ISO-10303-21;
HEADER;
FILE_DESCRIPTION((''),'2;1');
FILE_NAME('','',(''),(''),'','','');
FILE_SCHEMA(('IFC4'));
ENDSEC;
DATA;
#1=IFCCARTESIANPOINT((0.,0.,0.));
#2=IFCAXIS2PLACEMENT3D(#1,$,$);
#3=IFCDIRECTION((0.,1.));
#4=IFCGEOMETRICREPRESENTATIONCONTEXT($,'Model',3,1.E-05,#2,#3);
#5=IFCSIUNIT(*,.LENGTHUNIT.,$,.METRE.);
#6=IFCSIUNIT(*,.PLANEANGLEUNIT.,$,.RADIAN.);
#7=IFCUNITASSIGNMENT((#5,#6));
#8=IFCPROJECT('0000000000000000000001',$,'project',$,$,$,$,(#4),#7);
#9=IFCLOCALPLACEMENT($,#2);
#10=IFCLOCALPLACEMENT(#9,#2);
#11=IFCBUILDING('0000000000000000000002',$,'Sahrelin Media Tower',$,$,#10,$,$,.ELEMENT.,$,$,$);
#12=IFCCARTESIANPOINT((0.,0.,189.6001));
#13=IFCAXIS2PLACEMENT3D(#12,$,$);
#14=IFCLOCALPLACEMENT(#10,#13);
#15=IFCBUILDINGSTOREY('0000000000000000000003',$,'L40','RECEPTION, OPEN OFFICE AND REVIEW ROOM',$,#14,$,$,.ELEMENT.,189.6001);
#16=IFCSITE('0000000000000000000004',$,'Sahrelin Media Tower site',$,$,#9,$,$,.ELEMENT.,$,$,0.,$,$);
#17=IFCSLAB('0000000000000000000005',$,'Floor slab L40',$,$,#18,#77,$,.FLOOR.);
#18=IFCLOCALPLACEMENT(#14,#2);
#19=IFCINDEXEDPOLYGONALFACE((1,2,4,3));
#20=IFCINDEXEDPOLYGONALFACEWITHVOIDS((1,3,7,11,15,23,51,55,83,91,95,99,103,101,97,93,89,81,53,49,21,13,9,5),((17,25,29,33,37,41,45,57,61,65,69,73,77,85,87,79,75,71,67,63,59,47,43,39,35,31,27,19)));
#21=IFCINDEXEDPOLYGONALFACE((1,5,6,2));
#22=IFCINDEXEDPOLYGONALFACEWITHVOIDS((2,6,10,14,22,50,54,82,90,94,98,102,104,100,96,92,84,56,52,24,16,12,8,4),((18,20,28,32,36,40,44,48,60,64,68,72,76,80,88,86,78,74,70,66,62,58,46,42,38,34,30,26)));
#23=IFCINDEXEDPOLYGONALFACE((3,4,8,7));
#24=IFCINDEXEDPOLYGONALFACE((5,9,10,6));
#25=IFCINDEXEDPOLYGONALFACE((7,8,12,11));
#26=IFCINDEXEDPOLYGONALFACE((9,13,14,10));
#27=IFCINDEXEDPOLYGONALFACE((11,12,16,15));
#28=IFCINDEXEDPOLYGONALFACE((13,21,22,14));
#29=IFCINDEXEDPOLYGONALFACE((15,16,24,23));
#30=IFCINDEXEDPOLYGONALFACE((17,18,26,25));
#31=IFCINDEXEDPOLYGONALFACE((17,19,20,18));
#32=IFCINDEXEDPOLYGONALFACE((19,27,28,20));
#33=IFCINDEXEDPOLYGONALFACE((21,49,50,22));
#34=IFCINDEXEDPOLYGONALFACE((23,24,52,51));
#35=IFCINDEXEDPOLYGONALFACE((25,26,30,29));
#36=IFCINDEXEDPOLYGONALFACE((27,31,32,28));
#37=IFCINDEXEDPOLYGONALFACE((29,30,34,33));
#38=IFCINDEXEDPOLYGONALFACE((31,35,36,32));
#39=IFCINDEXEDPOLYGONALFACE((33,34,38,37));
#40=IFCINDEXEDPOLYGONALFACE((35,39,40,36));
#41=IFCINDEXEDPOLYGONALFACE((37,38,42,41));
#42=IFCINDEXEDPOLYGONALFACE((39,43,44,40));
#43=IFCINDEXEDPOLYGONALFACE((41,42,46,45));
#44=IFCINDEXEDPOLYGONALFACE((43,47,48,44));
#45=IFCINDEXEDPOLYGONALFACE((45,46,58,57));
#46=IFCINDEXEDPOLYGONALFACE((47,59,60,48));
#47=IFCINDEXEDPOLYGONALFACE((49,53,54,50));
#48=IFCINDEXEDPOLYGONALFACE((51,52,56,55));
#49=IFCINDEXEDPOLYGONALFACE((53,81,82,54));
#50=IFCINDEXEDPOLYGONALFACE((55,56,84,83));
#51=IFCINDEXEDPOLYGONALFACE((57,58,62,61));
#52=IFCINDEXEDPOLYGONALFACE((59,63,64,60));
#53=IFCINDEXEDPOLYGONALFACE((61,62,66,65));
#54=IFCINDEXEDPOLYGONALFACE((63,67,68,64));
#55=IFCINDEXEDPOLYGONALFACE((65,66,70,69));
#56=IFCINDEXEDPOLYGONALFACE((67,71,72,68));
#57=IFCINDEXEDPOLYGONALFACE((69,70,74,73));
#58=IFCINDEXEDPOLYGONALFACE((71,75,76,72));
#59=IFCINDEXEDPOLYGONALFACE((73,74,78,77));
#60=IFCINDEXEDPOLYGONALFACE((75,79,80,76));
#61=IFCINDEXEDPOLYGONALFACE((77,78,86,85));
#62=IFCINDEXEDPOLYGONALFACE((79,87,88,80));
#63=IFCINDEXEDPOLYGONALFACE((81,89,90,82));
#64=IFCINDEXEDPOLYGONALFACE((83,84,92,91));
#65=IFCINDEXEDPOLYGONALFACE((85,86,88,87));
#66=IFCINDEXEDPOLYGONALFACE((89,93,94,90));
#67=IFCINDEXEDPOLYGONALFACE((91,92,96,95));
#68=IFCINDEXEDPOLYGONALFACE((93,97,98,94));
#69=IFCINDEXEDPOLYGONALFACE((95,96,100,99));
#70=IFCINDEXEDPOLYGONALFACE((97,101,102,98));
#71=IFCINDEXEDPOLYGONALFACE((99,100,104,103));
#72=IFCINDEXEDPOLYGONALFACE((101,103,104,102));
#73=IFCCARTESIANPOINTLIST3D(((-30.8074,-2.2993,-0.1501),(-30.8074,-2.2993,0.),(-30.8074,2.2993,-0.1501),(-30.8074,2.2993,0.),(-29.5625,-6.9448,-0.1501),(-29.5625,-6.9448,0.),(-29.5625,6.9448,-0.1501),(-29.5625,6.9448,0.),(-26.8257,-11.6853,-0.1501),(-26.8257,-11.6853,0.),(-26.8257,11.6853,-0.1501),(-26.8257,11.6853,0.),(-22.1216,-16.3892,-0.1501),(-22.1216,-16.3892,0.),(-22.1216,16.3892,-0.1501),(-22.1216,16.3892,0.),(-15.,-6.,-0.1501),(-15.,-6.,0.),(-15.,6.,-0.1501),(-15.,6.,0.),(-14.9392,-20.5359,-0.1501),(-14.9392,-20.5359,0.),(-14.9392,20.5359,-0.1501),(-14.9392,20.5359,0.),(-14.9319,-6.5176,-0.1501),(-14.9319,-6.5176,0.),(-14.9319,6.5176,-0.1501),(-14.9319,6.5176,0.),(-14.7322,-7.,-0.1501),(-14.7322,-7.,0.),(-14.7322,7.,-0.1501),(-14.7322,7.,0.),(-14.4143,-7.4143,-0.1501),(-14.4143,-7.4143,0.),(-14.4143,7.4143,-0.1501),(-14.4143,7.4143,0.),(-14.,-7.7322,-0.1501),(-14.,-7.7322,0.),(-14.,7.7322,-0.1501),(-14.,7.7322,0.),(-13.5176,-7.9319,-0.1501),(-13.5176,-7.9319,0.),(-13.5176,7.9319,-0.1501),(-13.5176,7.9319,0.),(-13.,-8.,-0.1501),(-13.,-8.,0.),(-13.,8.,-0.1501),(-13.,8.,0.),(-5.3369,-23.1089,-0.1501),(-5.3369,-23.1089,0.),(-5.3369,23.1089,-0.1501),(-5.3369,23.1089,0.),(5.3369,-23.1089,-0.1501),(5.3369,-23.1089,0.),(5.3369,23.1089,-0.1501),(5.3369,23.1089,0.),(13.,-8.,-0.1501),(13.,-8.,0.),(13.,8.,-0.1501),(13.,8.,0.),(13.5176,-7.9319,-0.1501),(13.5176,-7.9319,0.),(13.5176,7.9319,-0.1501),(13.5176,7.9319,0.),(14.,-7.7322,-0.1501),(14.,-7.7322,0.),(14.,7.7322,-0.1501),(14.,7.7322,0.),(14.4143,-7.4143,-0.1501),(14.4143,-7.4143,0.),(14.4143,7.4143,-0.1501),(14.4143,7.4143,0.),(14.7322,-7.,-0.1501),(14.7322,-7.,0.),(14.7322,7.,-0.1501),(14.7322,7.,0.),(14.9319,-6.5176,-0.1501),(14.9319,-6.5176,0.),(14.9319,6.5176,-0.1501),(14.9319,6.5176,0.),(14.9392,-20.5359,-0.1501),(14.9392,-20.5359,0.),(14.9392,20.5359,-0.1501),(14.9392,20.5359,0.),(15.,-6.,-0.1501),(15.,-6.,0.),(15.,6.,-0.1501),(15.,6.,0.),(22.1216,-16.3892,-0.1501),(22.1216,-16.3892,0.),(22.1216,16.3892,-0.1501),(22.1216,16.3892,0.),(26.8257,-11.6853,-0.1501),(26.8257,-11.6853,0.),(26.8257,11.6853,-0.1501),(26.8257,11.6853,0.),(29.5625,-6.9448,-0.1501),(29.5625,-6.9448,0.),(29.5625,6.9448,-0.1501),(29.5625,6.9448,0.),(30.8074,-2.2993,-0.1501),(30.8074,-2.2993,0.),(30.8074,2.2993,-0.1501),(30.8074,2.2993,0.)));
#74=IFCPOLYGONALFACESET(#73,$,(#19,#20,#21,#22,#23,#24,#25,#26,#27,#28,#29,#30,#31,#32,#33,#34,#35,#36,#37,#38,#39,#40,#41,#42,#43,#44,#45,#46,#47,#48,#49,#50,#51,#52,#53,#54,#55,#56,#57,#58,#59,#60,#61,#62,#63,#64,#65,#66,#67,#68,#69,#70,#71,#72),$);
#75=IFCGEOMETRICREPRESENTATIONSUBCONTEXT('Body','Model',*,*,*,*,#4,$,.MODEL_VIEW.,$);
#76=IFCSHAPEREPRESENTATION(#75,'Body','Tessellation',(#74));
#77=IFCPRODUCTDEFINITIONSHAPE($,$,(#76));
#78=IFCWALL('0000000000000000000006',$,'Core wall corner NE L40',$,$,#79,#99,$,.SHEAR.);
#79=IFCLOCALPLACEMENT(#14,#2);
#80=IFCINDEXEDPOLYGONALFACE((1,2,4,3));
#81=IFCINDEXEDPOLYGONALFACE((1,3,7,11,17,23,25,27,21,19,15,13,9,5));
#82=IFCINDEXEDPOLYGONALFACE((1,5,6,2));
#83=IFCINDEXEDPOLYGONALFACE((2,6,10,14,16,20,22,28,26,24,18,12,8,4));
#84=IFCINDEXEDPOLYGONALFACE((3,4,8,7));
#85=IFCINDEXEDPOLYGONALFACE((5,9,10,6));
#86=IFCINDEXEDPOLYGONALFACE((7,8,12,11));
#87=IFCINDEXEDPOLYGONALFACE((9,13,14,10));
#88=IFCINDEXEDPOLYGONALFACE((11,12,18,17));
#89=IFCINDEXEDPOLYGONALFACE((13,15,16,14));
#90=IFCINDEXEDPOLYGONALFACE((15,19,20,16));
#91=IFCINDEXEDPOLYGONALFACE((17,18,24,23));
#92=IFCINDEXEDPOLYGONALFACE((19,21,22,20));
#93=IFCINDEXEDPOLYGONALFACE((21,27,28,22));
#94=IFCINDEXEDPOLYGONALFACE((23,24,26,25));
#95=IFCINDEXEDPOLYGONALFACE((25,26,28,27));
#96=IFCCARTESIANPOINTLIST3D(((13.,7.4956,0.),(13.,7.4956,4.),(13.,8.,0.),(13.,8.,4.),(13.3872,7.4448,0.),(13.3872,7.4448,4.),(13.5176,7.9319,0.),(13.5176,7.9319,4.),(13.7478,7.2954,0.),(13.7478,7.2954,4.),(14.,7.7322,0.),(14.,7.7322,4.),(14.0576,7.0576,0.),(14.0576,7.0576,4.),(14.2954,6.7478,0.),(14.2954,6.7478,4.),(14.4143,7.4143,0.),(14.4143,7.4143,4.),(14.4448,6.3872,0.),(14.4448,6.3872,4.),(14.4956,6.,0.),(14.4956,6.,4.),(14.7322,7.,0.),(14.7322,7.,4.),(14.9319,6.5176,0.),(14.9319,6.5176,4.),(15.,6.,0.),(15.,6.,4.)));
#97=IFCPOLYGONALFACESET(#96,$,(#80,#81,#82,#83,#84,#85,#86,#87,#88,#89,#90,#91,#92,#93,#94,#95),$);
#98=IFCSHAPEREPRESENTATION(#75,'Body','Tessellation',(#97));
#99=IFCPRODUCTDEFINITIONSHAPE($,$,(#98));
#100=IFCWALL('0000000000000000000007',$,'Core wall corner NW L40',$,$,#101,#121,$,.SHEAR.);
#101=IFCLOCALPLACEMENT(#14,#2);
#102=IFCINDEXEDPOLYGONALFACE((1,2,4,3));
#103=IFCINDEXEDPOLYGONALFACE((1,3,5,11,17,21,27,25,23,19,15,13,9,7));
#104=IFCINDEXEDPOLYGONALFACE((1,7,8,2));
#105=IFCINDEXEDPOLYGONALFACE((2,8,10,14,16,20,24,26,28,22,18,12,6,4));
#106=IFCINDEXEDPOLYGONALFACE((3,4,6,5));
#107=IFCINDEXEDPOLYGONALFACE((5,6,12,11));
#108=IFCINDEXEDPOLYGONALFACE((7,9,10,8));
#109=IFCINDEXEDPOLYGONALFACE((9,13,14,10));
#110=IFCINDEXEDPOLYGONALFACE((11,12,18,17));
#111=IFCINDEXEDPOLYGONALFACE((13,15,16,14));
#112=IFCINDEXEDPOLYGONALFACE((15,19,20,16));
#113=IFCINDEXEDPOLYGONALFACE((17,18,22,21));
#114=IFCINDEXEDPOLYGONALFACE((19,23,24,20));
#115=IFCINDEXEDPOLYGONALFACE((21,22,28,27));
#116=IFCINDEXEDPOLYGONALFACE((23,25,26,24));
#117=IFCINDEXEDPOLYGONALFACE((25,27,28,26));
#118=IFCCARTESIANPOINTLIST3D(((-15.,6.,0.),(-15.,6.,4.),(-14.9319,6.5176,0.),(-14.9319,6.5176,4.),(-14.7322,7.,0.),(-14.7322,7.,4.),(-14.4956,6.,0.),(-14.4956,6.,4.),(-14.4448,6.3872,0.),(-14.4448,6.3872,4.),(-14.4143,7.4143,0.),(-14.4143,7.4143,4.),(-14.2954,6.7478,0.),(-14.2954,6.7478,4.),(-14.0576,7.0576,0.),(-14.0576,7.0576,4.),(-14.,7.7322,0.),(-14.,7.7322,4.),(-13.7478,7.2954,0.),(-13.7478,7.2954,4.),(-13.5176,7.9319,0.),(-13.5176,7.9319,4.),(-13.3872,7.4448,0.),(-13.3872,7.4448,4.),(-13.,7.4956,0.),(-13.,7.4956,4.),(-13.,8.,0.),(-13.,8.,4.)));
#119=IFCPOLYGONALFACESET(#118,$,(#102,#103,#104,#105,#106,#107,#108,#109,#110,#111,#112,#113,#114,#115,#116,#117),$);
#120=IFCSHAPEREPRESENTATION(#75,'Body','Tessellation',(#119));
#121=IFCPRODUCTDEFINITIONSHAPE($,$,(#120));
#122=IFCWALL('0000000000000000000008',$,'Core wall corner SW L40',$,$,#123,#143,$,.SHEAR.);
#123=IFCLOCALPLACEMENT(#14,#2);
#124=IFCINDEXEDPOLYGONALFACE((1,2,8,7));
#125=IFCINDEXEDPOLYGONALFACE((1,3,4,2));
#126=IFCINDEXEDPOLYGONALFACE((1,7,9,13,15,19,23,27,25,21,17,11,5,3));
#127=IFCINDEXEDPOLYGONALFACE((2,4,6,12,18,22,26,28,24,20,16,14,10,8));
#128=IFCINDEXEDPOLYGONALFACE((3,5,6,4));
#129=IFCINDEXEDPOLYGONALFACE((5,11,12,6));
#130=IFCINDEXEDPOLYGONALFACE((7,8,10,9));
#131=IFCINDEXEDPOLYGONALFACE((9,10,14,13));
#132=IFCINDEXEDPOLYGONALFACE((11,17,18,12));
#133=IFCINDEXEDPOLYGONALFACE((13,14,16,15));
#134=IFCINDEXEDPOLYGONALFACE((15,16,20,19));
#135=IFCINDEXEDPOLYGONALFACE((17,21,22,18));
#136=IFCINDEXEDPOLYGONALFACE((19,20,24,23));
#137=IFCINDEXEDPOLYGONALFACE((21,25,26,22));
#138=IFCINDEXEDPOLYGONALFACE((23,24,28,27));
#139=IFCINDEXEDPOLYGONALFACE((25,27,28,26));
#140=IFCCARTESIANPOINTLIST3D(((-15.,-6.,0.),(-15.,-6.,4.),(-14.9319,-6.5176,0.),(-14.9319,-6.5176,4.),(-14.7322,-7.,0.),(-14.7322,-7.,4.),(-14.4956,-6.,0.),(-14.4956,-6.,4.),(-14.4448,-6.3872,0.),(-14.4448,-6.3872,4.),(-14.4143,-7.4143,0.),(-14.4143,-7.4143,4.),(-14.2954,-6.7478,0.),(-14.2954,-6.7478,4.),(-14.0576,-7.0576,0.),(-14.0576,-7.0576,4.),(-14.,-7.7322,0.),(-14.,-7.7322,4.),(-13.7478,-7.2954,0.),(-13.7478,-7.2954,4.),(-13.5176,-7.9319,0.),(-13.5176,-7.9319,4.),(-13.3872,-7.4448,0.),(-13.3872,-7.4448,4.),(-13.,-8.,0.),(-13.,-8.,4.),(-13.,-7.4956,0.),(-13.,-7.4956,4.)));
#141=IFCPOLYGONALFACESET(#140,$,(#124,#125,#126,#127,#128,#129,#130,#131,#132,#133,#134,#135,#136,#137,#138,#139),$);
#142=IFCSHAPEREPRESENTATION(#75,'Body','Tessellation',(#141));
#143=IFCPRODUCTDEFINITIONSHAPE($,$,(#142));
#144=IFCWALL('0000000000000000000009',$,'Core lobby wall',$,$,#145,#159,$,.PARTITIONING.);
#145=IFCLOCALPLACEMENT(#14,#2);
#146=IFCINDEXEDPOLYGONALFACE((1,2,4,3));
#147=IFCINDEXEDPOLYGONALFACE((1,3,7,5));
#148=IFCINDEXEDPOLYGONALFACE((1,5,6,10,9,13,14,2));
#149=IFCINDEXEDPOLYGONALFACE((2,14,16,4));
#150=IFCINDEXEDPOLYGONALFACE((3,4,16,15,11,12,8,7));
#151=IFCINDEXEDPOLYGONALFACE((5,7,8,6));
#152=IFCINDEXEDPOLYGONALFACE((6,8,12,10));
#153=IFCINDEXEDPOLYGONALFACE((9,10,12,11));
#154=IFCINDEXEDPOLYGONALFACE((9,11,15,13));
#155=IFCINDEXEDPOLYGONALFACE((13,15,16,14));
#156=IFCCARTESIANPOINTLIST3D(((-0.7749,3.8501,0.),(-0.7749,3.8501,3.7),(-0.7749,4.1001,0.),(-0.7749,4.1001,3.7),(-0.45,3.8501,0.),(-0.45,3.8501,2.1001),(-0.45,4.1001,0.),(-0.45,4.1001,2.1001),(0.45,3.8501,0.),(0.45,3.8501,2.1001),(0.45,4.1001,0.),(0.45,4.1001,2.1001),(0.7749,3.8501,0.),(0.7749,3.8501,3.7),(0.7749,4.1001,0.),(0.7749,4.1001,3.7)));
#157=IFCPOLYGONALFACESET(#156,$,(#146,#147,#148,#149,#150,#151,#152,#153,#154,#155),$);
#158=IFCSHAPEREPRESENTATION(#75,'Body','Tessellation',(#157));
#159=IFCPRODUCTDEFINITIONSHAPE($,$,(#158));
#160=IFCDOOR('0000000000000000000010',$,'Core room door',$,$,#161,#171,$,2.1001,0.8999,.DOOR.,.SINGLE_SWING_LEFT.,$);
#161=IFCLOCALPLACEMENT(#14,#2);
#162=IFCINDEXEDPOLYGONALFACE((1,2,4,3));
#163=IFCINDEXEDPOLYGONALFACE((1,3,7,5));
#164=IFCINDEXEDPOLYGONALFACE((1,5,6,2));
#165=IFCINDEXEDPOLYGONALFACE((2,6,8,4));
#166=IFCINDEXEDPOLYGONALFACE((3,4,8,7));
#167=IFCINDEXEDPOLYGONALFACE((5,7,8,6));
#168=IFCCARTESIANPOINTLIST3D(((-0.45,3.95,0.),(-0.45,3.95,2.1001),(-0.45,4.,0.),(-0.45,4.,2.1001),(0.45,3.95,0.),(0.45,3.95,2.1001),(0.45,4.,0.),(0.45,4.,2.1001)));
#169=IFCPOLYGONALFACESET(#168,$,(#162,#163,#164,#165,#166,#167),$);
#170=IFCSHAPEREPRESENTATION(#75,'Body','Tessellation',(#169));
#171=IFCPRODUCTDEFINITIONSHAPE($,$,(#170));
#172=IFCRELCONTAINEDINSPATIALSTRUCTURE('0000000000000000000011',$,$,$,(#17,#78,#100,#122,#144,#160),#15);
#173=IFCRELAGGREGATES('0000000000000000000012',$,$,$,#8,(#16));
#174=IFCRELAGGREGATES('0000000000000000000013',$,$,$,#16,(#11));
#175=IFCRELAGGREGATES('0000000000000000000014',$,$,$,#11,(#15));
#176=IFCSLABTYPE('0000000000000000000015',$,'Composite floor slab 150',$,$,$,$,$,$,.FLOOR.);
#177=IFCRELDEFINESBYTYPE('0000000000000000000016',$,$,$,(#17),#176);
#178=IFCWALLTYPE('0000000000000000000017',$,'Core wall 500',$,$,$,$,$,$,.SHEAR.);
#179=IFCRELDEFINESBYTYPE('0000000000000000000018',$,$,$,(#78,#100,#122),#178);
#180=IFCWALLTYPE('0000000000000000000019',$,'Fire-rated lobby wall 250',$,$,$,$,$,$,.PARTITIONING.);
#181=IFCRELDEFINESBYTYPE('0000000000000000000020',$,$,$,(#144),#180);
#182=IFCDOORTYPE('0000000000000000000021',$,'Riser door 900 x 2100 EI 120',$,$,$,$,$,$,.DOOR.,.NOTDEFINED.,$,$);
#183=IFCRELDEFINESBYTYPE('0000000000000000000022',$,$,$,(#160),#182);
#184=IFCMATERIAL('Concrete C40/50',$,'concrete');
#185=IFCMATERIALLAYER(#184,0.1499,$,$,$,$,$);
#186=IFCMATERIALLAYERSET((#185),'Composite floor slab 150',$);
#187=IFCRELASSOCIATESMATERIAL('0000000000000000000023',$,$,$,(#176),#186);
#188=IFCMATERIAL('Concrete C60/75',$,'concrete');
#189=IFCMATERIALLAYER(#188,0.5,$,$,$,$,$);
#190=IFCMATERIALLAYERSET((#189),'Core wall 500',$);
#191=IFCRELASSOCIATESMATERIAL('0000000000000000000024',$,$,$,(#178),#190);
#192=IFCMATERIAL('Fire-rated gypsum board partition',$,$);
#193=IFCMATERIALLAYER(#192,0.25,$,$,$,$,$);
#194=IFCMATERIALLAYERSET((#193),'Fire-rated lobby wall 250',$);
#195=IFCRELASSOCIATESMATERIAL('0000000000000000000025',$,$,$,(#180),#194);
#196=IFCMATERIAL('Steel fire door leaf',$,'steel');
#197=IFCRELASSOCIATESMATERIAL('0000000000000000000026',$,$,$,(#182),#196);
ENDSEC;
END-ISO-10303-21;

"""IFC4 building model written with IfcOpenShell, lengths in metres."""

from ifc_helpers import new_model, si_unit, direction, frame, frame_2d, origin, place, context, subcontext, project, spatial, polyline, rectangle, outline, extrude, material, layer, layer_set, type_object, element, fill, save


model = new_model("IFC4")

# Units and contexts
model_context = context("Model", 3, precision=1e-05, world=origin(), true_north=direction((0.0, 1.0)))
body_context = subcontext(model_context, "Body", "Model", "MODEL_VIEW")
ifc_project = project(units=[si_unit("LENGTHUNIT", "METRE"), si_unit("PLANEANGLEUNIT", "RADIAN")], contexts=[model_context])

# Site, building, storey
site_placement = place(None, origin())
site = spatial("IfcSite", under=ifc_project, at=site_placement, Name="Sahrelin Media Tower site", CompositionType="ELEMENT", RefElevation=0.0)
building_placement = place(site_placement, origin())
building = spatial("IfcBuilding", under=site, at=building_placement, Name="Sahrelin Media Tower", CompositionType="ELEMENT")
storey_placement = place(building_placement, frame((0.0, 0.0, 189.6001)))
storey = spatial("IfcBuildingStorey", under=building, at=storey_placement, Name="L40", Description="RECEPTION, OPEN OFFICE AND REVIEW ROOM", CompositionType="ELEMENT", Elevation=189.6001)

# Slab
ifc_material_1 = material(Name="Concrete C40/50", Category="concrete")
ifc_layer_1 = layer(ifc_material_1, 0.1499)
ifc_layer_set_1 = layer_set([ifc_layer_1], Name="Composite floor slab 150")
slab_type = type_object("IfcSlabType", Name="Composite floor slab 150", PredefinedType="FLOOR", material=ifc_layer_set_1)
slab_placement = place(storey_placement, frame((0.0, 0.0, -0.1501)))
element("IfcSlab", 1, at=slab_placement, inside=storey, type_object=slab_type, Name="Floor slab L40", PredefinedType="FLOOR", context=body_context, shape_type="SweptSolid", body=[
    extrude(outline(polyline([(30.8074, -2.2993), (30.8074, 2.2993), (29.5625, 6.9448), (26.8257, 11.6853), (22.1216, 16.3892), (14.9392, 20.5359), (5.3369, 23.1089), (-5.3369, 23.1089), (-14.9392, 20.5359), (-22.1216, 16.3892), (-26.8257, 11.6853), (-29.5625, 6.9448), (-30.8074, 2.2993), (-30.8074, -2.2993), (-29.5625, -6.9448), (-26.8257, -11.6853), (-22.1216, -16.3892), (-14.9392, -20.5359), (-5.3369, -23.1089), (5.3369, -23.1089), (14.9392, -20.5359), (22.1216, -16.3892), (26.8257, -11.6853), (29.5625, -6.9448), (30.8074, -2.2993)]), holes=[polyline([(14.9319, 6.5176), (15.0, 6.0), (15.0, -6.0), (14.9319, -6.5176), (14.7322, -7.0), (14.4143, -7.4143), (14.0, -7.7322), (13.5176, -7.9319), (13.0, -8.0), (-13.0, -8.0), (-13.5176, -7.9319), (-14.0, -7.7322), (-14.4143, -7.4143), (-14.7322, -7.0), (-14.9319, -6.5176), (-15.0, -6.0), (-15.0, 6.0), (-14.9319, 6.5176), (-14.7322, 7.0), (-14.4143, 7.4143), (-14.0, 7.7322), (-13.5176, 7.9319), (-13.0, 8.0), (13.0, 8.0), (13.5176, 7.9319), (14.0, 7.7322), (14.4143, 7.4143), (14.7322, 7.0), (14.9319, 6.5176)])]), origin(), (0.0, 0.0, 1.0), 0.1501),
])

# Walls
ifc_material_2 = material(Name="Concrete C60/75", Category="concrete")
ifc_layer_2 = layer(ifc_material_2, 0.5)
ifc_layer_set_2 = layer_set([ifc_layer_2], Name="Core wall 500")
wall_type_1 = type_object("IfcWallType", Name="Core wall 500", PredefinedType="SHEAR", material=ifc_layer_set_2)
placement = place(storey_placement, origin())
element("IfcWall", 2, at=placement, inside=storey, type_object=wall_type_1, Name="Core wall corner NE L40", PredefinedType="SHEAR", context=body_context, shape_type="SweptSolid", body=[
    extrude(outline(polyline([(13.0, 8.0), (13.0, 7.4956), (13.3872, 7.4448), (13.7478, 7.2954), (14.0576, 7.0576), (14.2954, 6.7478), (14.4448, 6.3872), (14.4956, 6.0), (15.0, 6.0), (14.9319, 6.5176), (14.7322, 7.0), (14.4143, 7.4143), (14.0, 7.7322), (13.5176, 7.9319), (13.0, 8.0)])), origin(), (0.0, 0.0, 1.0), 4.0),
])
element("IfcWall", 3, at=placement, inside=storey, type_object=wall_type_1, Name="Core wall corner NW L40", PredefinedType="SHEAR", context=body_context, shape_type="SweptSolid", body=[
    extrude(outline(polyline([(-15.0, 6.0), (-14.4956, 6.0), (-14.4448, 6.3872), (-14.2954, 6.7478), (-14.0576, 7.0576), (-13.7478, 7.2954), (-13.3872, 7.4448), (-13.0, 7.4956), (-13.0, 8.0), (-13.5176, 7.9319), (-14.0, 7.7322), (-14.4143, 7.4143), (-14.7322, 7.0), (-14.9319, 6.5176), (-15.0, 6.0)])), origin(), (0.0, 0.0, 1.0), 4.0),
])
element("IfcWall", 4, at=placement, inside=storey, type_object=wall_type_1, Name="Core wall corner SW L40", PredefinedType="SHEAR", context=body_context, shape_type="SweptSolid", body=[
    extrude(outline(polyline([(-13.0, -8.0), (-13.0, -7.4956), (-13.3872, -7.4448), (-13.7478, -7.2954), (-14.0576, -7.0576), (-14.2954, -6.7478), (-14.4448, -6.3872), (-14.4956, -6.0), (-15.0, -6.0), (-14.9319, -6.5176), (-14.7322, -7.0), (-14.4143, -7.4143), (-14.0, -7.7322), (-13.5176, -7.9319), (-13.0, -8.0)])), origin(), (0.0, 0.0, 1.0), 4.0),
])

# Wall, opening, door
ifc_material_3 = material(Name="Fire-rated gypsum board partition")
ifc_layer_3 = layer(ifc_material_3, 0.25)
ifc_layer_set_3 = layer_set([ifc_layer_3], Name="Fire-rated lobby wall 250")
wall_type_2 = type_object("IfcWallType", Name="Fire-rated lobby wall 250", PredefinedType="PARTITIONING", material=ifc_layer_set_3)
wall_1_placement = place(storey_placement, frame((-0.7749, 3.9751, 0.0), z_axis=(0.0, 0.0, 1.0), x_axis=(1.0, 0.0, 0.0)))
wall_1 = element("IfcWall", 5, at=wall_1_placement, inside=storey, type_object=wall_type_2, Name="Core lobby wall", PredefinedType="PARTITIONING", context=body_context, shape_type="SweptSolid", body=[
    extrude(rectangle(XDim=1.5498, YDim=0.25, at=frame_2d((0.7749, 0.0))), origin(), (0.0, 0.0, 1.0), 3.7),
])
opening_1_placement = place(wall_1_placement, frame((0.325, 0.0, 0.0)))
opening_1 = element("IfcOpeningElement", 6, at=opening_1_placement, cuts=wall_1, PredefinedType="OPENING", context=body_context, shape_type="SweptSolid", body=[
    extrude(rectangle(XDim=0.8999, YDim=2.1001, at=frame_2d((0.45, 1.05))), frame((0.0, 0.125, 0.0), z_axis=(0.0, -1.0, 0.0), x_axis=(1.0, 0.0, 0.0)), (0.0, 0.0, 1.0), 0.25),
])
ifc_material_4 = material(Name="Steel fire door leaf", Category="steel")
door_type_1 = type_object("IfcDoorType", Name="Riser door 900 x 2100 EI 120", OperationType="NOTDEFINED", PredefinedType="DOOR", material=ifc_material_4)
door_1_placement = place(opening_1_placement, origin())
door_1 = element("IfcDoor", 7, at=door_1_placement, inside=storey, type_object=door_type_1, Name="Core room door", OperationType="SINGLE_SWING_LEFT", OverallHeight=2.1001, OverallWidth=0.8999, PredefinedType="DOOR", context=body_context, shape_type="SweptSolid", body=[
    extrude(rectangle(XDim=0.8999, YDim=2.1001, at=frame_2d((0.45, 1.05))), frame((0.0, 0.0249, 0.0), z_axis=(0.0, -1.0, 0.0), x_axis=(1.0, 0.0, 0.0)), (0.0, 0.0, 1.0), 0.05),
])
fill(opening_1, door_1)

save(model, "model.ifc")
